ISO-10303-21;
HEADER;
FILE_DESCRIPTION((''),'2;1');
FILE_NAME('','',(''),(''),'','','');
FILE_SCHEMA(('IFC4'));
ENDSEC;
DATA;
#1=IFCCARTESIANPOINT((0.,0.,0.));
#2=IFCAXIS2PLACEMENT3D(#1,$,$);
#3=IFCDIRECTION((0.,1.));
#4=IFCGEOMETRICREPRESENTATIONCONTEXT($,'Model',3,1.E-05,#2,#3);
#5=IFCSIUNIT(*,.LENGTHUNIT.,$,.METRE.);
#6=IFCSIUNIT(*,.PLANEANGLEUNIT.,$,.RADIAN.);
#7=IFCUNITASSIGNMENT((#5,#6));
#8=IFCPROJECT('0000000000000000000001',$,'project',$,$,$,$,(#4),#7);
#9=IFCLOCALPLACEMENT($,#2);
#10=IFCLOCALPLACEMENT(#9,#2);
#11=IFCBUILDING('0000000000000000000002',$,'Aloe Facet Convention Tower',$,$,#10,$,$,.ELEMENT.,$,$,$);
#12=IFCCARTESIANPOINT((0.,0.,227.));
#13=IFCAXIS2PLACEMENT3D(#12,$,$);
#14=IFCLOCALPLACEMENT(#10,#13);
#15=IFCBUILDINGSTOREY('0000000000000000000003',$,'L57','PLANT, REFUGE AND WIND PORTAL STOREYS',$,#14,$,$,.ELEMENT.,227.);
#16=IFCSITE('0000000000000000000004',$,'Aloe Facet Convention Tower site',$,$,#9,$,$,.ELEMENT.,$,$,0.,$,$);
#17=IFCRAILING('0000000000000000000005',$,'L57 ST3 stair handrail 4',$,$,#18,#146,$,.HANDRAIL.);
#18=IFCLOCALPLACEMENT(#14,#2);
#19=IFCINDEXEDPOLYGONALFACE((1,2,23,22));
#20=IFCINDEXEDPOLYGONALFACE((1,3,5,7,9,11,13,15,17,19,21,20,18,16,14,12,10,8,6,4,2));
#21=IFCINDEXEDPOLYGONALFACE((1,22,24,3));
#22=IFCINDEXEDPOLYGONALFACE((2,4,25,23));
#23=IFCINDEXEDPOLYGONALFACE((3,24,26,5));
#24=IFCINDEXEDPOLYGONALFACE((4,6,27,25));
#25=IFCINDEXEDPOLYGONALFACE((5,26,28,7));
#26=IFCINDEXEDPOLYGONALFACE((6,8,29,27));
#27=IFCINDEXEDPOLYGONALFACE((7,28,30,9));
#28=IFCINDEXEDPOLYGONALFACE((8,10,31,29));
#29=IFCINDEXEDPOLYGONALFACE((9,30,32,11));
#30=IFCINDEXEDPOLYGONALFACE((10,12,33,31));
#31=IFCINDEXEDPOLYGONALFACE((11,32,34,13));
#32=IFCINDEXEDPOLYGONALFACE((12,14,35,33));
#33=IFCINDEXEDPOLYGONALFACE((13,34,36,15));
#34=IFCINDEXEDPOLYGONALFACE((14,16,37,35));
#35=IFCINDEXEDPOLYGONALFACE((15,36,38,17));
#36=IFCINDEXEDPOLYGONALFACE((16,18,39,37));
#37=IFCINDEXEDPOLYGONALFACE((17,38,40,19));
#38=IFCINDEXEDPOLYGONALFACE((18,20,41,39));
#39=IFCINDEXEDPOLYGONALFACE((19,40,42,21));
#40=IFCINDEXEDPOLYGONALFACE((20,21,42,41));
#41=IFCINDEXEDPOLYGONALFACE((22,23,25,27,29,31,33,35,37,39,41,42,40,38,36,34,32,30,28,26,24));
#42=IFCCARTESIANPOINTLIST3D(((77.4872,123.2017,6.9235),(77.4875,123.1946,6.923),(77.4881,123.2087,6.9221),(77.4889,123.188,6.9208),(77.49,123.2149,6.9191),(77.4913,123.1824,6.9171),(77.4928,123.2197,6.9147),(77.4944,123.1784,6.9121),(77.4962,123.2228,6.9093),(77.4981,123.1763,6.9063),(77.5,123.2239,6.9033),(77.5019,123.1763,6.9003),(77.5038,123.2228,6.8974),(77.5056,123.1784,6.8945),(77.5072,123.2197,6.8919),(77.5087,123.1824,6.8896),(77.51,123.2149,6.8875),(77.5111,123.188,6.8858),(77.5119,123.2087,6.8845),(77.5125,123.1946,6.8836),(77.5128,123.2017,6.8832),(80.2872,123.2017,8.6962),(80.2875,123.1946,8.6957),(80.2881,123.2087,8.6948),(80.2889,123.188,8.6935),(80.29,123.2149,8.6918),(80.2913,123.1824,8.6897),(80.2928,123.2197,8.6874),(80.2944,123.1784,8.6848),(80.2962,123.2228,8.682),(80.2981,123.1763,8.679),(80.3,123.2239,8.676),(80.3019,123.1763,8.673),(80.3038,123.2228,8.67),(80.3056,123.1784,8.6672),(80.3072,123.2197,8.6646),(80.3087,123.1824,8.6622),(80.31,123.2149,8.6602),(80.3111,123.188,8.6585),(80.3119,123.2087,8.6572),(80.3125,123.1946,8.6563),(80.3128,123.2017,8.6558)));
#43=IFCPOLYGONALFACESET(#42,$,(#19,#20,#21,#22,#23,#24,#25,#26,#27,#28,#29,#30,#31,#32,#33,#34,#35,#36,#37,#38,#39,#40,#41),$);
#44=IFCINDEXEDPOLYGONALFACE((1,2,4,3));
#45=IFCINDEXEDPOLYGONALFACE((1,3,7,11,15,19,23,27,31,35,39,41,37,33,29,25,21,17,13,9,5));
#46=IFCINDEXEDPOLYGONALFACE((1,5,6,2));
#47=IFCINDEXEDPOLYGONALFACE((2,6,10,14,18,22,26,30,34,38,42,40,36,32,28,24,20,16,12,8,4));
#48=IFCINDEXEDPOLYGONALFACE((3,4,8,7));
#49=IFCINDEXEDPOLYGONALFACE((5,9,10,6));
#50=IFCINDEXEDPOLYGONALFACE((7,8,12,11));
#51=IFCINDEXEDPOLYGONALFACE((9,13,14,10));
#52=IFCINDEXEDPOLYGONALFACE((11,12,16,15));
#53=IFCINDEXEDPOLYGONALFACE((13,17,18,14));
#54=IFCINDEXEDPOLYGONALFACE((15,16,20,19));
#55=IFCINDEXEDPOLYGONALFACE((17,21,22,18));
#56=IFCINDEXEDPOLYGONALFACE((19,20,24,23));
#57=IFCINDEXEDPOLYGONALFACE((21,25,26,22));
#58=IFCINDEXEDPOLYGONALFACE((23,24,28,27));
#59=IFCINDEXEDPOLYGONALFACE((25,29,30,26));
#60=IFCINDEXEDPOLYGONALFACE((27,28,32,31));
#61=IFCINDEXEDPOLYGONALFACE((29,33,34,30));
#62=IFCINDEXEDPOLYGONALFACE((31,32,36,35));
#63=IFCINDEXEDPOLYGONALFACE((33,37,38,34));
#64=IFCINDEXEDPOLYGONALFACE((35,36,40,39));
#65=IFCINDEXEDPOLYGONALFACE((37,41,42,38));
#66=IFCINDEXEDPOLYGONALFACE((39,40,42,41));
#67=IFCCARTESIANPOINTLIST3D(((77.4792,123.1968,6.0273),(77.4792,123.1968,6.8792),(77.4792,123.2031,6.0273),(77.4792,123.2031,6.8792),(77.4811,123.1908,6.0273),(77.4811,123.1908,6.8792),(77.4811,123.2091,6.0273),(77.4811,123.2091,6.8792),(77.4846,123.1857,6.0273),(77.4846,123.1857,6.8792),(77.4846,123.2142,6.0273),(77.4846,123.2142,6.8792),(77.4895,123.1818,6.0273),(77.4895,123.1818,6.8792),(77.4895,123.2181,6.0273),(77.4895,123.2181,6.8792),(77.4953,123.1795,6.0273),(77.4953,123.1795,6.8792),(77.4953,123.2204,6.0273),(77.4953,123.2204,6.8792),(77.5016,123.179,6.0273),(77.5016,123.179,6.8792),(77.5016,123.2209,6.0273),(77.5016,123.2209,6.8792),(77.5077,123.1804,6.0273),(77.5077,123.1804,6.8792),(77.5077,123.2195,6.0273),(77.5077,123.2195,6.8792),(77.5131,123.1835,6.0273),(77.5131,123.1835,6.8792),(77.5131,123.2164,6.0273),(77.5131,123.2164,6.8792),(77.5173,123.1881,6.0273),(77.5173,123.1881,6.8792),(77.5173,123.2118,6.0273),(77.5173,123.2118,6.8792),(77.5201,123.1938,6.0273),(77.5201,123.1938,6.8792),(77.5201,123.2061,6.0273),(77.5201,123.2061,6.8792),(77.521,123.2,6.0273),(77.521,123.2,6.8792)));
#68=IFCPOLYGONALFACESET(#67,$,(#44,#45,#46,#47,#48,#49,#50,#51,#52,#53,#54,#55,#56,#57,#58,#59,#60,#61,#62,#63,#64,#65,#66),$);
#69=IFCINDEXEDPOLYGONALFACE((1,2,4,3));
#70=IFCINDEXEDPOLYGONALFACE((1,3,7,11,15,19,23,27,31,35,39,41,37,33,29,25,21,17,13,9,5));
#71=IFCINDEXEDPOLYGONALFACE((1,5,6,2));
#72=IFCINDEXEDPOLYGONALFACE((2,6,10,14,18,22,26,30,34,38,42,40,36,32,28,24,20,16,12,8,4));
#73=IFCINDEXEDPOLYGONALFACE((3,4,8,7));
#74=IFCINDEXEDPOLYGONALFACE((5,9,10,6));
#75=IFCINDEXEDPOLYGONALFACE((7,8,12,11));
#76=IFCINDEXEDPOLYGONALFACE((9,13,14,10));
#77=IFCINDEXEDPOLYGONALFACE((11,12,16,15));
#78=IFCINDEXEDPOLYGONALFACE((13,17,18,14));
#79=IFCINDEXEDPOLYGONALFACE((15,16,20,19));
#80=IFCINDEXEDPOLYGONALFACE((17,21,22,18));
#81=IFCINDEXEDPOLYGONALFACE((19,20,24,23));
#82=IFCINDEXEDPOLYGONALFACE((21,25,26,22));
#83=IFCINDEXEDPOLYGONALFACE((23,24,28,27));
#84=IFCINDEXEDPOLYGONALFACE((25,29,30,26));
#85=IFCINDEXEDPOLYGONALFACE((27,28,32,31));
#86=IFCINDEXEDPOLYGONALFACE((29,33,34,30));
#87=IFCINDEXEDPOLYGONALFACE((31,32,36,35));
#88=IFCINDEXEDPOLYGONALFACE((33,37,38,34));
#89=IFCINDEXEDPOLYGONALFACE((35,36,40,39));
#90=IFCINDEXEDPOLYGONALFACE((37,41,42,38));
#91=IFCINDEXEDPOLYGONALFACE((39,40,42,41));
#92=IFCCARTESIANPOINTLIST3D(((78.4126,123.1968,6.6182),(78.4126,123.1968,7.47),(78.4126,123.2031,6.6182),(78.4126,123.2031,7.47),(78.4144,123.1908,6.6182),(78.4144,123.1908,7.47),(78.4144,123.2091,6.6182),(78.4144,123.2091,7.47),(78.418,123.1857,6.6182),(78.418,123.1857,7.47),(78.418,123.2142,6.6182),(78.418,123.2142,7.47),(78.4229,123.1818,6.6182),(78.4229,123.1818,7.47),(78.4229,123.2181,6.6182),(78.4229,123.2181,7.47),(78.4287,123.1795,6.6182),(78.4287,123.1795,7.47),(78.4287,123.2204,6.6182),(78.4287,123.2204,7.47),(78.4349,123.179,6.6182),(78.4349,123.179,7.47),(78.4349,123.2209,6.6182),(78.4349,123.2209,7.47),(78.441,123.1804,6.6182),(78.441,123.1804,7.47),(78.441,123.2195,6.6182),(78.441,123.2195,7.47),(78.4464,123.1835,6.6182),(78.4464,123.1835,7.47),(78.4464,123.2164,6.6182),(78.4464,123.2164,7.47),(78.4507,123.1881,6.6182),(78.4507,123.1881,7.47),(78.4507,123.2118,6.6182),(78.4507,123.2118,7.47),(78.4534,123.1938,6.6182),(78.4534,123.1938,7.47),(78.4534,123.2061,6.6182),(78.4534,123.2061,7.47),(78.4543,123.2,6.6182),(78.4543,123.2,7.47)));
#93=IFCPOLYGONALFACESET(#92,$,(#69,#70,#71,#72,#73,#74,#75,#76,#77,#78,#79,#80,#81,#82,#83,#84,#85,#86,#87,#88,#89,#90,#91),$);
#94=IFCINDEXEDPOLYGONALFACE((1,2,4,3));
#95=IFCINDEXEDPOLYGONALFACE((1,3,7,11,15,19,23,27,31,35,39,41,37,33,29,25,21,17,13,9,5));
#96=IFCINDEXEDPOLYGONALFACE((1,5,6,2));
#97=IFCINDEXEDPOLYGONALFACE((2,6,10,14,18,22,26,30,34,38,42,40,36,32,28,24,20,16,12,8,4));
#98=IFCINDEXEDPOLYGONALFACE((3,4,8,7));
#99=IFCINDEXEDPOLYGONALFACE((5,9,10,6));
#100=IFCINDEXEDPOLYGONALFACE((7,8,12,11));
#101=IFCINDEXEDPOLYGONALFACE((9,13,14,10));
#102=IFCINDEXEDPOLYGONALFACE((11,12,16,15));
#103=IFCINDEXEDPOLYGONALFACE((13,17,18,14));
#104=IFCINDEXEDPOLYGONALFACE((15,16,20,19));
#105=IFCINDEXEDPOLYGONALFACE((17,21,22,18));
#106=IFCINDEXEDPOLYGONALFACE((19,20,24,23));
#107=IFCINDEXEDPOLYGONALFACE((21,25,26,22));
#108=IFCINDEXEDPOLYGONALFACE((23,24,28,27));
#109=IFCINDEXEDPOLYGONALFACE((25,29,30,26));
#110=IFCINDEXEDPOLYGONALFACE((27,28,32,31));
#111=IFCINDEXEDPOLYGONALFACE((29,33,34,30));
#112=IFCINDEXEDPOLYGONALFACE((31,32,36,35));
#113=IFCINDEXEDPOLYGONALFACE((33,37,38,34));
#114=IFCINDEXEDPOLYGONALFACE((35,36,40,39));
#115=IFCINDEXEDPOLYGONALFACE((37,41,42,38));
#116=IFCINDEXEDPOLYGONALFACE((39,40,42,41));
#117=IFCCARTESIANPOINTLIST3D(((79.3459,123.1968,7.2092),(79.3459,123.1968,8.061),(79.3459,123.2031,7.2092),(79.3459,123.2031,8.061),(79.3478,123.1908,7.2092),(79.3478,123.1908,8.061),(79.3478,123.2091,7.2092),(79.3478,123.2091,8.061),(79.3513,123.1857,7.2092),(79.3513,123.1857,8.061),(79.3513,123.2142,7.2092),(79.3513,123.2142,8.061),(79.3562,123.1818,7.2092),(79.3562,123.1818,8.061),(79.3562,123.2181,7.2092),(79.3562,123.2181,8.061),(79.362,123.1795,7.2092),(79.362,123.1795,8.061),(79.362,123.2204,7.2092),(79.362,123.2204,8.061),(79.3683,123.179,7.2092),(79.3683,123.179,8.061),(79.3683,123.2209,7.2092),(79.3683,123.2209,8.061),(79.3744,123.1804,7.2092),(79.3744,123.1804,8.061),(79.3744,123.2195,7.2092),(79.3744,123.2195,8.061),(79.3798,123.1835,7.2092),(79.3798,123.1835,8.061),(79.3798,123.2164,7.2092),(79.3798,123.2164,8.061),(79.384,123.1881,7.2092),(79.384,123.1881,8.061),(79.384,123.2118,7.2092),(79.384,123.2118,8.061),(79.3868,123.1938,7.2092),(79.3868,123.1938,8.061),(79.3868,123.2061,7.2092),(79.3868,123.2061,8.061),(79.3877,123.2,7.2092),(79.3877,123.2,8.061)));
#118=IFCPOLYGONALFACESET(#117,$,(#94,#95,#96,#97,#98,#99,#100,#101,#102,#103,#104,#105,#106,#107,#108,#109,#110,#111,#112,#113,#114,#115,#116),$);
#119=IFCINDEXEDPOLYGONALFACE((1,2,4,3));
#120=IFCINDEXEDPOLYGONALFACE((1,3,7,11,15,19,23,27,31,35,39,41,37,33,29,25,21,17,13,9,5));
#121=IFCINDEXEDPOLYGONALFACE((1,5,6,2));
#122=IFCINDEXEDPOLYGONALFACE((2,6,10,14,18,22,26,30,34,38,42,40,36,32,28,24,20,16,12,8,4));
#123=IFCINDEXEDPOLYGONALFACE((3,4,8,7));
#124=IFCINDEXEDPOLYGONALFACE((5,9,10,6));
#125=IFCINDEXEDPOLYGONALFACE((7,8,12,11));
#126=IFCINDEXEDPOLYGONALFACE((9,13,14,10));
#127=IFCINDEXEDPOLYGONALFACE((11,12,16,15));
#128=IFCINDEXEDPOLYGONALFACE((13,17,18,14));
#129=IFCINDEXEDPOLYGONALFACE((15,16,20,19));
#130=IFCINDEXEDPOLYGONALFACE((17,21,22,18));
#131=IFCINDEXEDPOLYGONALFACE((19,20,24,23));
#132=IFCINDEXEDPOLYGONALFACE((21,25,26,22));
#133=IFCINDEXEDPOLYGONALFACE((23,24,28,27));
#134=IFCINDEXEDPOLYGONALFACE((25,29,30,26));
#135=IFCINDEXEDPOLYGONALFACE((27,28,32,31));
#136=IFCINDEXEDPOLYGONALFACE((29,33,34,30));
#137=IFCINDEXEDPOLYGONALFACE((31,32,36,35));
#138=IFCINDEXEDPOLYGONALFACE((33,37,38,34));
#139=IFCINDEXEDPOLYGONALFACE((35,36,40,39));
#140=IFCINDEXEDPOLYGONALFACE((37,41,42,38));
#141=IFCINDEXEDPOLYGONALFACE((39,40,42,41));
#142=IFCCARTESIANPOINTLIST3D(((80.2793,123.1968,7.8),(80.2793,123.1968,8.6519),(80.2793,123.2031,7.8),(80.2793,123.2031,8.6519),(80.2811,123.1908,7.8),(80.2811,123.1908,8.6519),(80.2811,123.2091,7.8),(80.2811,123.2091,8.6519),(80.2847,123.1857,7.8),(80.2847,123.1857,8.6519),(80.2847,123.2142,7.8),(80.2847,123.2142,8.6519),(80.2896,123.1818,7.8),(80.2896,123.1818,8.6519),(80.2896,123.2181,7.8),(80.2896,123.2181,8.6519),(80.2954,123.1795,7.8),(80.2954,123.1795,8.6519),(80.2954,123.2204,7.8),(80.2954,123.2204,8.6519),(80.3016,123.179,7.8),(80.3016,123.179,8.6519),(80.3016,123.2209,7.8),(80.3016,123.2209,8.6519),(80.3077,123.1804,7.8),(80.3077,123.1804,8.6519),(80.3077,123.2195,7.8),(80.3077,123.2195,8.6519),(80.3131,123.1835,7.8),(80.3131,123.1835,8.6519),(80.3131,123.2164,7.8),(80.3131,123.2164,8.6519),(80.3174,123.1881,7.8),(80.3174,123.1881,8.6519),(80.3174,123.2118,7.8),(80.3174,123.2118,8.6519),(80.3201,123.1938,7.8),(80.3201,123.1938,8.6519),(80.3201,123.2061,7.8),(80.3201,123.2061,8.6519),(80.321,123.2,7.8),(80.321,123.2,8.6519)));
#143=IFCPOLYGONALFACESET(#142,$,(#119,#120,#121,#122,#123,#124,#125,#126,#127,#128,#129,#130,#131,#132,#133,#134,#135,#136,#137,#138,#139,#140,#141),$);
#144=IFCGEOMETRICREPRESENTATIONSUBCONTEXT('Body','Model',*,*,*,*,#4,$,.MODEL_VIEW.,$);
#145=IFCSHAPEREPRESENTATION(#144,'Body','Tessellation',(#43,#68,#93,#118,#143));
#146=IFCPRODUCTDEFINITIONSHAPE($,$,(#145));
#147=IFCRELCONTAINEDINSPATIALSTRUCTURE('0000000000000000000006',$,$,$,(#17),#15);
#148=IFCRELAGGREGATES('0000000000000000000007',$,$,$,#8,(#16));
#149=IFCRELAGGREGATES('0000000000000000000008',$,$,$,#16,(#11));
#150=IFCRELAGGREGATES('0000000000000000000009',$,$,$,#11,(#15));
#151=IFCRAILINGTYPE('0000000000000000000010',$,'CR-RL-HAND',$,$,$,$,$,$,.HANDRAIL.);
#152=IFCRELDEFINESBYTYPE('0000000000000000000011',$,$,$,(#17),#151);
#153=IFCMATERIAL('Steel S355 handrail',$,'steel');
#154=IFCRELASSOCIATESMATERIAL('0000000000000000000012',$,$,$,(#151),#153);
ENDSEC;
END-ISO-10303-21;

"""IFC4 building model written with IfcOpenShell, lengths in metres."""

from ifc_helpers import new_model, si_unit, direction, frame, origin, origin_2d, place, context, subcontext, project, spatial, circle, extrude, material, type_object, element, save


model = new_model("IFC4")

# Units and contexts
model_context = context("Model", 3, precision=1e-05, world=origin(), true_north=direction((0.0, 1.0)))
body_context = subcontext(model_context, "Body", "Model", "MODEL_VIEW")
ifc_project = project(units=[si_unit("LENGTHUNIT", "METRE"), si_unit("PLANEANGLEUNIT", "RADIAN")], contexts=[model_context])

# Site, building, storey
site_placement = place(None, origin())
site = spatial("IfcSite", under=ifc_project, at=site_placement, Name="Aloe Facet Convention Tower site", CompositionType="ELEMENT", RefElevation=0.0)
building_placement = place(site_placement, origin())
building = spatial("IfcBuilding", under=site, at=building_placement, Name="Aloe Facet Convention Tower", CompositionType="ELEMENT")
storey_placement = place(building_placement, frame((0.0, 0.0, 227.0)))
storey = spatial("IfcBuildingStorey", under=building, at=storey_placement, Name="L57", Description="PLANT, REFUGE AND WIND PORTAL STOREYS", CompositionType="ELEMENT", Elevation=227.0)

# Railing
ifc_material_1 = material(Name="Steel S355 handrail", Category="steel")
railing_type_1 = type_object("IfcRailingType", Name="CR-RL-HAND", PredefinedType="HANDRAIL", material=ifc_material_1)
for number, where, name in (
    (1, (77.5, 123.2, 6.0273), "L57 ST3 stair handrail 4"),
):
    element("IfcRailing", number, at=place(storey_placement, frame(where)), inside=storey, type_object=railing_type_1, Name=name, PredefinedType="HANDRAIL", context=body_context, shape_type="SweptSolid", body=[
        extrude(circle(Radius=0.0239, at=origin_2d()), frame((0.0, 0.0, 0.876), z_axis=(0.844909, 0.0, 0.53491), x_axis=(0.0, 1.0, 0.0)), (0.0, 0.0, 1.0), 3.314),
        extrude(circle(Radius=0.021, at=origin_2d()), origin(), (0.0, 0.0, 1.0), 0.8518),
        extrude(circle(Radius=0.021, at=origin_2d()), frame((0.9333, 0.0, 0.5908)), (0.0, 0.0, 1.0), 0.8518),
        extrude(circle(Radius=0.021, at=origin_2d()), frame((1.8667, 0.0, 1.1819)), (0.0, 0.0, 1.0), 0.8518),
        extrude(circle(Radius=0.021, at=origin_2d()), frame((2.8, 0.0, 1.7727)), (0.0, 0.0, 1.0), 0.8518),
    ])

save(model, "model.ifc")
